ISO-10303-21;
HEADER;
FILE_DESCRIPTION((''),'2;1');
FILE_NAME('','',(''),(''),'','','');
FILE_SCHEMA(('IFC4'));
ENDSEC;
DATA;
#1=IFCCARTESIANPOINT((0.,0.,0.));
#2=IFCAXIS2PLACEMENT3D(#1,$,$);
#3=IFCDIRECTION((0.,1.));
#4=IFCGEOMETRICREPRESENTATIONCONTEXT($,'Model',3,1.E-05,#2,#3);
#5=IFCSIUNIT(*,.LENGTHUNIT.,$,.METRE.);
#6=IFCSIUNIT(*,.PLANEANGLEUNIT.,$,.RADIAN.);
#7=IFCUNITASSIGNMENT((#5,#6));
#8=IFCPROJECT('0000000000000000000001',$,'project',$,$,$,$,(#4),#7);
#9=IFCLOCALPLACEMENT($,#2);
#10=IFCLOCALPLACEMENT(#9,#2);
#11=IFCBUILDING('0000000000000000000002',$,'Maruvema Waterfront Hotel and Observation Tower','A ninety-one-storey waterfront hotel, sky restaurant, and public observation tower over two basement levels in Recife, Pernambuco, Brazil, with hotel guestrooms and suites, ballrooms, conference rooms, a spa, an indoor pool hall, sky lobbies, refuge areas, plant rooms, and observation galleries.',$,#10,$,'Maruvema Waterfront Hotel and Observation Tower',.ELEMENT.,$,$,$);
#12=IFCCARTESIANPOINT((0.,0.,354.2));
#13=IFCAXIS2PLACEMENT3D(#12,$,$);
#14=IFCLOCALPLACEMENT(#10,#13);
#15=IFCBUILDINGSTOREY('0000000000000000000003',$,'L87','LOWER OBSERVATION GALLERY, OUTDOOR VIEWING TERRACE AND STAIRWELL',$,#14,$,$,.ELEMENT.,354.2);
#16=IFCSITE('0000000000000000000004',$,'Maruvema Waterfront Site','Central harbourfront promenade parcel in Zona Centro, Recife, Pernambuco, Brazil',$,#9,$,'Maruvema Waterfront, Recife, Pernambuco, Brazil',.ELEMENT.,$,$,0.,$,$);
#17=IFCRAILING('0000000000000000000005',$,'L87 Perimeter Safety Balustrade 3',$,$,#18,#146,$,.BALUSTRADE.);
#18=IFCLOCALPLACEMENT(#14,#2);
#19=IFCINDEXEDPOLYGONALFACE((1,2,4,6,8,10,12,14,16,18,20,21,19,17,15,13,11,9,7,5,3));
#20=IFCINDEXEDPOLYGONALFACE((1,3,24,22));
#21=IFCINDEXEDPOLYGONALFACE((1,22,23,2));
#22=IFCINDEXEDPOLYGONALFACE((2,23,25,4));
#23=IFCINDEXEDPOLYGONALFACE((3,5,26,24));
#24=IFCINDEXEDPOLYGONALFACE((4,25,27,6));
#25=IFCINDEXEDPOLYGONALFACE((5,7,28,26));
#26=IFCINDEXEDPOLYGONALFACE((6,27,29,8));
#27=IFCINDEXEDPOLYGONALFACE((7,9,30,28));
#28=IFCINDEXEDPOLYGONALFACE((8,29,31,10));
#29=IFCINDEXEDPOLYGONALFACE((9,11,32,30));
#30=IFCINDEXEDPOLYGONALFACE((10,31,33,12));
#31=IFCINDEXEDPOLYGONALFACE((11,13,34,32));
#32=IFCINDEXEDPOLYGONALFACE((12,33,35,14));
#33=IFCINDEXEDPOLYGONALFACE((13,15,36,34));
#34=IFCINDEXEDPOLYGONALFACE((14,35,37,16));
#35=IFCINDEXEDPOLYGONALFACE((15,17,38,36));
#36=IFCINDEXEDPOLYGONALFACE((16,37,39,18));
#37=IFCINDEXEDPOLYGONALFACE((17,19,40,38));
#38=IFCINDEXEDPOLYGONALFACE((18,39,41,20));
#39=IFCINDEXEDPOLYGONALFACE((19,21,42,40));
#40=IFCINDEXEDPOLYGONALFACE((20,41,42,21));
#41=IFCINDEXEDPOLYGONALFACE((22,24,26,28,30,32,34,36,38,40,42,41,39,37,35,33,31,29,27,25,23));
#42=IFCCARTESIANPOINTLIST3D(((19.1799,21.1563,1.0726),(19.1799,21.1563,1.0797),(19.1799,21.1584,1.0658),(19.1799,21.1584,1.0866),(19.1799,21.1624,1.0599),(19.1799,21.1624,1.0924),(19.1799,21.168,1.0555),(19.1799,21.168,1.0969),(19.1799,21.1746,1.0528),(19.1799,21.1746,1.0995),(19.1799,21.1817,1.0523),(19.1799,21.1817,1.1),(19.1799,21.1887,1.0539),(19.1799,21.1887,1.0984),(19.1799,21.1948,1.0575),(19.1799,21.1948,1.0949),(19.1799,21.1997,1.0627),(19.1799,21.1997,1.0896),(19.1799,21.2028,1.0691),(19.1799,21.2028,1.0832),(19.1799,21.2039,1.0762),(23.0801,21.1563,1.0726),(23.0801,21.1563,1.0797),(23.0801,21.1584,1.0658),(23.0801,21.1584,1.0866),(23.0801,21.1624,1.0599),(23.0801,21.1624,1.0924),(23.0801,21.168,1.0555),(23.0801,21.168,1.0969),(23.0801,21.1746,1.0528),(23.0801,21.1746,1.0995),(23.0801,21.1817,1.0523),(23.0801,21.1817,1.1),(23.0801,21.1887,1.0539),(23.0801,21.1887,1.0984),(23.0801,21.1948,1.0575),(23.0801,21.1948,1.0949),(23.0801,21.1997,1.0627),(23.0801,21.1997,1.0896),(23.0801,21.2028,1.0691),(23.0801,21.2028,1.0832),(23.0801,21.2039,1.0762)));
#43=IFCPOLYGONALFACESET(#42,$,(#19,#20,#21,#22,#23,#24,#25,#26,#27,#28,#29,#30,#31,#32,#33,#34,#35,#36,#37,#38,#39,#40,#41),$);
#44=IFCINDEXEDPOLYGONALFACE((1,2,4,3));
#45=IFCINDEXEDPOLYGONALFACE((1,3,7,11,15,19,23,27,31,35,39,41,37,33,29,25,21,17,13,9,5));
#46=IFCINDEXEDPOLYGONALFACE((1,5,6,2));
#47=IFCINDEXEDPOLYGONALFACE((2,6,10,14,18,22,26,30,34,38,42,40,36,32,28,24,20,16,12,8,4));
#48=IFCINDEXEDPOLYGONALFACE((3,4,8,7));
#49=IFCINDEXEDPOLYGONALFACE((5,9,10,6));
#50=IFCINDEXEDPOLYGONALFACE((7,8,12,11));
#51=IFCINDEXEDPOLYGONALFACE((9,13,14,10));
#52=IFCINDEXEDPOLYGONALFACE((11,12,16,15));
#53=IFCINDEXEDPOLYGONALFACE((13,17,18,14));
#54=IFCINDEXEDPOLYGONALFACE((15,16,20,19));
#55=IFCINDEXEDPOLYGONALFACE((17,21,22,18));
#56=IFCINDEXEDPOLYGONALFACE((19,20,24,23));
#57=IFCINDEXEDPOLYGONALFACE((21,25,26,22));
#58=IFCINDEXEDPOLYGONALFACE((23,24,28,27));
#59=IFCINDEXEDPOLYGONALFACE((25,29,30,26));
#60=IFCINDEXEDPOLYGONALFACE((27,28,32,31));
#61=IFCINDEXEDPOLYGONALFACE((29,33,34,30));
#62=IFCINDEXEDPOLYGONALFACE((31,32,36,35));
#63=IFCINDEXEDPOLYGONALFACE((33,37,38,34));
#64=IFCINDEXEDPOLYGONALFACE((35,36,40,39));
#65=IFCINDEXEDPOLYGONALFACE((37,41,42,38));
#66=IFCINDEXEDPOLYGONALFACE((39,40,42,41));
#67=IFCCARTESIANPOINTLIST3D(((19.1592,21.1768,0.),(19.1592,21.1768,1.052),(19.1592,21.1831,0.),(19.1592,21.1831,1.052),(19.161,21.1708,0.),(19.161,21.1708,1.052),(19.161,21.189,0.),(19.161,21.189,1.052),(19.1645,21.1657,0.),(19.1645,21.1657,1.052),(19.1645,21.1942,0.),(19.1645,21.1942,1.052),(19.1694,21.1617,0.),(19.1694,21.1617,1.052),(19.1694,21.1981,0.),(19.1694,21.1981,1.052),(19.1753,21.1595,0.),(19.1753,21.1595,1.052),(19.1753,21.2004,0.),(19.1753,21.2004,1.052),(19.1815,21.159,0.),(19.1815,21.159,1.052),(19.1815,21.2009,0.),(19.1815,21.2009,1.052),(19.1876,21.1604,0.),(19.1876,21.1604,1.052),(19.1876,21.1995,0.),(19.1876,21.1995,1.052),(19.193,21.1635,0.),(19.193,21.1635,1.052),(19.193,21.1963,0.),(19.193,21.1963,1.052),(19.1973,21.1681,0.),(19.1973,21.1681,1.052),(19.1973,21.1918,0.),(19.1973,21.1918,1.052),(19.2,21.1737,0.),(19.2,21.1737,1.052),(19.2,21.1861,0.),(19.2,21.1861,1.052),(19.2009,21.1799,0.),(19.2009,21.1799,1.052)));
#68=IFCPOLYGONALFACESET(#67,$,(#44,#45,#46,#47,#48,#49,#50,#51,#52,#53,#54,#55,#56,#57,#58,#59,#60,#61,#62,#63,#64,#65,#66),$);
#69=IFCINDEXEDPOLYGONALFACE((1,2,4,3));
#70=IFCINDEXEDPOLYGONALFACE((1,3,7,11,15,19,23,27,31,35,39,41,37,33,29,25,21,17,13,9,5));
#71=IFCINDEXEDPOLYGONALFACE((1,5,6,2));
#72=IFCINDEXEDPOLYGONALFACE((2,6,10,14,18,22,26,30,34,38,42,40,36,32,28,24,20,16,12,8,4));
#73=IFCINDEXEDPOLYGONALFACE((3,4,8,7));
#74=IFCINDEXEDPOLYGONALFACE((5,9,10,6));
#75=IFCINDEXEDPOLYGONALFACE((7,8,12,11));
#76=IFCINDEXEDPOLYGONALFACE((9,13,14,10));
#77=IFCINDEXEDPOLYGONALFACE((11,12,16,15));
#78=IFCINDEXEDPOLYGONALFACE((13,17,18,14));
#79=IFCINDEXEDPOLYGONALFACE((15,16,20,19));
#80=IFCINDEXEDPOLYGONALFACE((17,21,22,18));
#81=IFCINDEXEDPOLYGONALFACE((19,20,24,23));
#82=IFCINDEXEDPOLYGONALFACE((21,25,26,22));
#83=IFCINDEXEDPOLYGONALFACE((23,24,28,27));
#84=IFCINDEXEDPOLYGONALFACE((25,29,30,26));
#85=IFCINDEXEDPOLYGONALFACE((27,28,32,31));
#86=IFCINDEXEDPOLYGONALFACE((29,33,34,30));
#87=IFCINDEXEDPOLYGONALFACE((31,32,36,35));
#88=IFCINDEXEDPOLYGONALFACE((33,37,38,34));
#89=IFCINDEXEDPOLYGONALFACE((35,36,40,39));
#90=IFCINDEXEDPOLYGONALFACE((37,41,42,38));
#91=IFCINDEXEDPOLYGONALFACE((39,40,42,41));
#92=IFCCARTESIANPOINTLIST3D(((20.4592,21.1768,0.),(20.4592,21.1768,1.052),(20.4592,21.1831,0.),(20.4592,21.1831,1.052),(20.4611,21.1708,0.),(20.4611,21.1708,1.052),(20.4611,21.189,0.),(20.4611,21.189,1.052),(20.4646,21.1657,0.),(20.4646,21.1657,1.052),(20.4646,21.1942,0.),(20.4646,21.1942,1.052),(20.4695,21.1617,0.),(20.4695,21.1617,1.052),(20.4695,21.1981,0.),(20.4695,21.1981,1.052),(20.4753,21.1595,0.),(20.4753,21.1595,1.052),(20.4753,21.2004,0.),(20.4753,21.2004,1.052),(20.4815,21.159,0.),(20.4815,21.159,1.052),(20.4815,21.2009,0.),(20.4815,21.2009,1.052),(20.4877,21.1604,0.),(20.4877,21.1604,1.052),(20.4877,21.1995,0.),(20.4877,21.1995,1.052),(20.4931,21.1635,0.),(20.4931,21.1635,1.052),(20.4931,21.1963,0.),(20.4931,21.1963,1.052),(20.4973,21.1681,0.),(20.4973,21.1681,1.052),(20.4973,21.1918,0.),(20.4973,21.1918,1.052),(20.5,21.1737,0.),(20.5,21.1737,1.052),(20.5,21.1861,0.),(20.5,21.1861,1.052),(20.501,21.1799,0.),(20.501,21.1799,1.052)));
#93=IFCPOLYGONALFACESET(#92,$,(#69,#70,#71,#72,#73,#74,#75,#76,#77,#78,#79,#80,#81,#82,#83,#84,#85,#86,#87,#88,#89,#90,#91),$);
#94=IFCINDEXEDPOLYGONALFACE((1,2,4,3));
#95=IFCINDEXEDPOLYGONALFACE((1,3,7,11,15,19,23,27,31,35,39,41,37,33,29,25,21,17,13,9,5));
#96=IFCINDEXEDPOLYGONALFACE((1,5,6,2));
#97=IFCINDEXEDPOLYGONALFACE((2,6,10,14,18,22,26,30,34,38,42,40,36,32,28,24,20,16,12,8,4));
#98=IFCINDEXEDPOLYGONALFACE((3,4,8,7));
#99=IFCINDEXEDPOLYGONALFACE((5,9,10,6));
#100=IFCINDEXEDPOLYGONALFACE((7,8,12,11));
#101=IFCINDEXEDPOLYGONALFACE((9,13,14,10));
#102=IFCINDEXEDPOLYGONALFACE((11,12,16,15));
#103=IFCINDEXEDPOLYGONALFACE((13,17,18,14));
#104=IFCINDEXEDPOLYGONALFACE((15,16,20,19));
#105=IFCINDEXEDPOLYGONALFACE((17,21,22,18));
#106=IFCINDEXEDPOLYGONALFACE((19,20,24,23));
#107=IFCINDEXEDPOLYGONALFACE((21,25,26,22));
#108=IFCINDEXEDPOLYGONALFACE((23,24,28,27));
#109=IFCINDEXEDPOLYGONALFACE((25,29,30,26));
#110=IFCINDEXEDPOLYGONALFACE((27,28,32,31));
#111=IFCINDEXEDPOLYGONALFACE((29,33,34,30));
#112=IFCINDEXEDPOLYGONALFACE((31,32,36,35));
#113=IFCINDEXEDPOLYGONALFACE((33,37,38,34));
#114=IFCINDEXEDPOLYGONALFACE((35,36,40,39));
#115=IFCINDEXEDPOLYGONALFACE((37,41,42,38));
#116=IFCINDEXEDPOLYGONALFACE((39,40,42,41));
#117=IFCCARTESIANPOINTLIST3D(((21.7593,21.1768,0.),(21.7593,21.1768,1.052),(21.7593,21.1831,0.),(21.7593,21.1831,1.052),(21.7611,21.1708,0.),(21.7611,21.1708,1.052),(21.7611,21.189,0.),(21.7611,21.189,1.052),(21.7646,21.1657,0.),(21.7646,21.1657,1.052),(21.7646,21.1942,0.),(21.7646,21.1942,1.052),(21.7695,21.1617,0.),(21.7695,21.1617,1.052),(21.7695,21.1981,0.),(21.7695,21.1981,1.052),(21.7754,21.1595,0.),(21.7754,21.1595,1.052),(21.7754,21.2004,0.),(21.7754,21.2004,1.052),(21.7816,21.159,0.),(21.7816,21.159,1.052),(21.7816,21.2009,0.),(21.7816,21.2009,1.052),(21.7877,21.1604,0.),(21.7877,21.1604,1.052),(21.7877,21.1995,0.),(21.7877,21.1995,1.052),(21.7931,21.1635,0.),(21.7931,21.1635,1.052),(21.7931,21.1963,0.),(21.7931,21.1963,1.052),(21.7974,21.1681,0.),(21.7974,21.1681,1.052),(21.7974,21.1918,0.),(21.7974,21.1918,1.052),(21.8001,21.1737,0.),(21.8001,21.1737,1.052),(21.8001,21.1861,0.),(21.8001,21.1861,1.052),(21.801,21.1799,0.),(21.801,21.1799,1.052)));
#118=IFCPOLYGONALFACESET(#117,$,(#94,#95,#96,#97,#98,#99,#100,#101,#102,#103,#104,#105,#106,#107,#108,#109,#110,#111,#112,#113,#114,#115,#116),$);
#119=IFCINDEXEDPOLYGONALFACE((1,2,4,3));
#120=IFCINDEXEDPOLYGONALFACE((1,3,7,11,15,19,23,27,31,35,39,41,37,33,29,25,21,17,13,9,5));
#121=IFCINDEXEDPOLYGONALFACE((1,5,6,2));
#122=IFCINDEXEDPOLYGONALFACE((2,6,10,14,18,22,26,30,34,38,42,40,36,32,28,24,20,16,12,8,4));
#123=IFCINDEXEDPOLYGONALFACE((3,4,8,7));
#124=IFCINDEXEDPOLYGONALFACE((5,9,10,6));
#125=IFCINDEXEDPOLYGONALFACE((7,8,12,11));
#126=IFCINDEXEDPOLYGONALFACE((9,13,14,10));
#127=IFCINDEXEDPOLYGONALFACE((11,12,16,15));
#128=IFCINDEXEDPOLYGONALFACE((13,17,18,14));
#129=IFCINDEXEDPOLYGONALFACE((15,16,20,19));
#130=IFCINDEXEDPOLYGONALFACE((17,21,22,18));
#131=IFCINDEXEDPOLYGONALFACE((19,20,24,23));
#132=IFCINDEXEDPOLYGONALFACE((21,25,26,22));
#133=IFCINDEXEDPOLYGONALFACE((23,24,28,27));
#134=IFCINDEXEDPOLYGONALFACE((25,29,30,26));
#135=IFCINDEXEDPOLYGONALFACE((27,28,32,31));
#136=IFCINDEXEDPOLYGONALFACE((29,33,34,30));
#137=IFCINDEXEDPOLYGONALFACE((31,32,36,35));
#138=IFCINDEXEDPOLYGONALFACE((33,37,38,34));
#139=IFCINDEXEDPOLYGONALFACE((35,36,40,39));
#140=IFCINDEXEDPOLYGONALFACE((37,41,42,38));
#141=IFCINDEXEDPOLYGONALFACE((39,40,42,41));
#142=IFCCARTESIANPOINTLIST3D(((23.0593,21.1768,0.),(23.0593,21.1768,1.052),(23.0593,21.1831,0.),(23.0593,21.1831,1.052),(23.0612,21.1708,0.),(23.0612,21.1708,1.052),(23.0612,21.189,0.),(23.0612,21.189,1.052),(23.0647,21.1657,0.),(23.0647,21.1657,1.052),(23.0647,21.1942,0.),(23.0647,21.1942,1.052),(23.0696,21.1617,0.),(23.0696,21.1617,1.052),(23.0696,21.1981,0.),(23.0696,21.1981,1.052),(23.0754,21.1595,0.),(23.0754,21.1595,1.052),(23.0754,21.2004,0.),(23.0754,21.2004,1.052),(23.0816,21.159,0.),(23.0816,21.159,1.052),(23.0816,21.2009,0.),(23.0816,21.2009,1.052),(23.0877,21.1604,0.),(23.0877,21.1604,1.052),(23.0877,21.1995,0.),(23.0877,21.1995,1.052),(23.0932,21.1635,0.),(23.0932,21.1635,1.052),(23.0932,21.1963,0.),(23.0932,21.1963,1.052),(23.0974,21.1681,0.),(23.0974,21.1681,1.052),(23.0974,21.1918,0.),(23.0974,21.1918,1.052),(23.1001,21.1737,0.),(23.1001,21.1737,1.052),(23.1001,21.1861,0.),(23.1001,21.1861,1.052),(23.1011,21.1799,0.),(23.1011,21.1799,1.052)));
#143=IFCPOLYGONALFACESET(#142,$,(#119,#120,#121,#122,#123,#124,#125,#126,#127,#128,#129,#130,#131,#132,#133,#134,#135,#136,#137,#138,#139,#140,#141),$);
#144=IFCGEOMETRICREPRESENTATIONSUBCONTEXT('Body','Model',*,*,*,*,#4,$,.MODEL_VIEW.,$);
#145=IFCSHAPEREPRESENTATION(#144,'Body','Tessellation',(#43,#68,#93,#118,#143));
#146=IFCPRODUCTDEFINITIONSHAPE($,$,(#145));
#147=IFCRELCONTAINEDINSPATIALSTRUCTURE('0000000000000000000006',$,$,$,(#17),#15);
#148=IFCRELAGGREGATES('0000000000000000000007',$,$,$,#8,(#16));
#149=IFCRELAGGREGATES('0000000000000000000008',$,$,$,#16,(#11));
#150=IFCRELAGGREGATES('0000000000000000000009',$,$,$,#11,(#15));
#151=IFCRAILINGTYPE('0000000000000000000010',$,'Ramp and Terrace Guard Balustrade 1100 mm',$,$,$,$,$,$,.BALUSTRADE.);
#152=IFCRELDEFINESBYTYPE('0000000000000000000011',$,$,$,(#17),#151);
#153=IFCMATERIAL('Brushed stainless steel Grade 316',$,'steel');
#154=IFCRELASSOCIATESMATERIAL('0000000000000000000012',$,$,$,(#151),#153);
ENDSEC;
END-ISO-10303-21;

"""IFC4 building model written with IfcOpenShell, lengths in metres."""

from ifc_helpers import new_model, si_unit, direction, frame, origin, origin_2d, place, context, subcontext, project, spatial, circle, extrude, material, type_object, element, save


model = new_model("IFC4")

# Units and contexts
model_context = context("Model", 3, precision=1e-05, world=origin(), true_north=direction((0.0, 1.0)))
body_context = subcontext(model_context, "Body", "Model", "MODEL_VIEW")
ifc_project = project(units=[si_unit("LENGTHUNIT", "METRE"), si_unit("PLANEANGLEUNIT", "RADIAN")], contexts=[model_context])

# Site, building, storey
site_placement = place(None, origin())
site = spatial("IfcSite", under=ifc_project, at=site_placement, Name="Maruvema Waterfront Site", Description="Central harbourfront promenade parcel in Zona Centro, Recife, Pernambuco, Brazil", LongName="Maruvema Waterfront, Recife, Pernambuco, Brazil", CompositionType="ELEMENT", RefElevation=0.0)
building_placement = place(site_placement, origin())
building = spatial("IfcBuilding", under=site, at=building_placement, Name="Maruvema Waterfront Hotel and Observation Tower", Description="A ninety-one-storey waterfront hotel, sky restaurant, and public observation tower over two basement levels in Recife, Pernambuco, Brazil, with hotel guestrooms and suites, ballrooms, conference rooms, a spa, an indoor pool hall, sky lobbies, refuge areas, plant rooms, and observation galleries.", LongName="Maruvema Waterfront Hotel and Observation Tower", CompositionType="ELEMENT")
storey_placement = place(building_placement, frame((0.0, 0.0, 354.2)))
storey = spatial("IfcBuildingStorey", under=building, at=storey_placement, Name="L87", Description="LOWER OBSERVATION GALLERY, OUTDOOR VIEWING TERRACE AND STAIRWELL", CompositionType="ELEMENT", Elevation=354.2)

# Railing
ifc_material_1 = material(Name="Brushed stainless steel Grade 316", Category="steel")
railing_type = type_object("IfcRailingType", Name="Ramp and Terrace Guard Balustrade 1100 mm", PredefinedType="BALUSTRADE", material=ifc_material_1)
railing_1_placement = place(storey_placement, frame((19.1799, 21.1799, 0.0)))
element("IfcRailing", 1, at=railing_1_placement, inside=storey, type_object=railing_type, Name="L87 Perimeter Safety Balustrade 3", PredefinedType="BALUSTRADE", context=body_context, shape_type="SweptSolid", body=[
    extrude(circle(Radius=0.0239, at=origin_2d()), frame((0.0, 0.0, 1.0762), z_axis=(1.0, 0.0, 0.0), x_axis=(0.0, 1.0, 0.0)), (0.0, 0.0, 1.0), 3.9001),
    extrude(circle(Radius=0.021, at=origin_2d()), origin(), (0.0, 0.0, 1.0), 1.052),
    extrude(circle(Radius=0.021, at=origin_2d()), frame((1.3, 0.0, 0.0)), (0.0, 0.0, 1.0), 1.052),
    extrude(circle(Radius=0.021, at=origin_2d()), frame((2.6001, 0.0, 0.0)), (0.0, 0.0, 1.0), 1.052),
    extrude(circle(Radius=0.021, at=origin_2d()), frame((3.9001, 0.0, 0.0)), (0.0, 0.0, 1.0), 1.052),
])

save(model, "model.ifc")
